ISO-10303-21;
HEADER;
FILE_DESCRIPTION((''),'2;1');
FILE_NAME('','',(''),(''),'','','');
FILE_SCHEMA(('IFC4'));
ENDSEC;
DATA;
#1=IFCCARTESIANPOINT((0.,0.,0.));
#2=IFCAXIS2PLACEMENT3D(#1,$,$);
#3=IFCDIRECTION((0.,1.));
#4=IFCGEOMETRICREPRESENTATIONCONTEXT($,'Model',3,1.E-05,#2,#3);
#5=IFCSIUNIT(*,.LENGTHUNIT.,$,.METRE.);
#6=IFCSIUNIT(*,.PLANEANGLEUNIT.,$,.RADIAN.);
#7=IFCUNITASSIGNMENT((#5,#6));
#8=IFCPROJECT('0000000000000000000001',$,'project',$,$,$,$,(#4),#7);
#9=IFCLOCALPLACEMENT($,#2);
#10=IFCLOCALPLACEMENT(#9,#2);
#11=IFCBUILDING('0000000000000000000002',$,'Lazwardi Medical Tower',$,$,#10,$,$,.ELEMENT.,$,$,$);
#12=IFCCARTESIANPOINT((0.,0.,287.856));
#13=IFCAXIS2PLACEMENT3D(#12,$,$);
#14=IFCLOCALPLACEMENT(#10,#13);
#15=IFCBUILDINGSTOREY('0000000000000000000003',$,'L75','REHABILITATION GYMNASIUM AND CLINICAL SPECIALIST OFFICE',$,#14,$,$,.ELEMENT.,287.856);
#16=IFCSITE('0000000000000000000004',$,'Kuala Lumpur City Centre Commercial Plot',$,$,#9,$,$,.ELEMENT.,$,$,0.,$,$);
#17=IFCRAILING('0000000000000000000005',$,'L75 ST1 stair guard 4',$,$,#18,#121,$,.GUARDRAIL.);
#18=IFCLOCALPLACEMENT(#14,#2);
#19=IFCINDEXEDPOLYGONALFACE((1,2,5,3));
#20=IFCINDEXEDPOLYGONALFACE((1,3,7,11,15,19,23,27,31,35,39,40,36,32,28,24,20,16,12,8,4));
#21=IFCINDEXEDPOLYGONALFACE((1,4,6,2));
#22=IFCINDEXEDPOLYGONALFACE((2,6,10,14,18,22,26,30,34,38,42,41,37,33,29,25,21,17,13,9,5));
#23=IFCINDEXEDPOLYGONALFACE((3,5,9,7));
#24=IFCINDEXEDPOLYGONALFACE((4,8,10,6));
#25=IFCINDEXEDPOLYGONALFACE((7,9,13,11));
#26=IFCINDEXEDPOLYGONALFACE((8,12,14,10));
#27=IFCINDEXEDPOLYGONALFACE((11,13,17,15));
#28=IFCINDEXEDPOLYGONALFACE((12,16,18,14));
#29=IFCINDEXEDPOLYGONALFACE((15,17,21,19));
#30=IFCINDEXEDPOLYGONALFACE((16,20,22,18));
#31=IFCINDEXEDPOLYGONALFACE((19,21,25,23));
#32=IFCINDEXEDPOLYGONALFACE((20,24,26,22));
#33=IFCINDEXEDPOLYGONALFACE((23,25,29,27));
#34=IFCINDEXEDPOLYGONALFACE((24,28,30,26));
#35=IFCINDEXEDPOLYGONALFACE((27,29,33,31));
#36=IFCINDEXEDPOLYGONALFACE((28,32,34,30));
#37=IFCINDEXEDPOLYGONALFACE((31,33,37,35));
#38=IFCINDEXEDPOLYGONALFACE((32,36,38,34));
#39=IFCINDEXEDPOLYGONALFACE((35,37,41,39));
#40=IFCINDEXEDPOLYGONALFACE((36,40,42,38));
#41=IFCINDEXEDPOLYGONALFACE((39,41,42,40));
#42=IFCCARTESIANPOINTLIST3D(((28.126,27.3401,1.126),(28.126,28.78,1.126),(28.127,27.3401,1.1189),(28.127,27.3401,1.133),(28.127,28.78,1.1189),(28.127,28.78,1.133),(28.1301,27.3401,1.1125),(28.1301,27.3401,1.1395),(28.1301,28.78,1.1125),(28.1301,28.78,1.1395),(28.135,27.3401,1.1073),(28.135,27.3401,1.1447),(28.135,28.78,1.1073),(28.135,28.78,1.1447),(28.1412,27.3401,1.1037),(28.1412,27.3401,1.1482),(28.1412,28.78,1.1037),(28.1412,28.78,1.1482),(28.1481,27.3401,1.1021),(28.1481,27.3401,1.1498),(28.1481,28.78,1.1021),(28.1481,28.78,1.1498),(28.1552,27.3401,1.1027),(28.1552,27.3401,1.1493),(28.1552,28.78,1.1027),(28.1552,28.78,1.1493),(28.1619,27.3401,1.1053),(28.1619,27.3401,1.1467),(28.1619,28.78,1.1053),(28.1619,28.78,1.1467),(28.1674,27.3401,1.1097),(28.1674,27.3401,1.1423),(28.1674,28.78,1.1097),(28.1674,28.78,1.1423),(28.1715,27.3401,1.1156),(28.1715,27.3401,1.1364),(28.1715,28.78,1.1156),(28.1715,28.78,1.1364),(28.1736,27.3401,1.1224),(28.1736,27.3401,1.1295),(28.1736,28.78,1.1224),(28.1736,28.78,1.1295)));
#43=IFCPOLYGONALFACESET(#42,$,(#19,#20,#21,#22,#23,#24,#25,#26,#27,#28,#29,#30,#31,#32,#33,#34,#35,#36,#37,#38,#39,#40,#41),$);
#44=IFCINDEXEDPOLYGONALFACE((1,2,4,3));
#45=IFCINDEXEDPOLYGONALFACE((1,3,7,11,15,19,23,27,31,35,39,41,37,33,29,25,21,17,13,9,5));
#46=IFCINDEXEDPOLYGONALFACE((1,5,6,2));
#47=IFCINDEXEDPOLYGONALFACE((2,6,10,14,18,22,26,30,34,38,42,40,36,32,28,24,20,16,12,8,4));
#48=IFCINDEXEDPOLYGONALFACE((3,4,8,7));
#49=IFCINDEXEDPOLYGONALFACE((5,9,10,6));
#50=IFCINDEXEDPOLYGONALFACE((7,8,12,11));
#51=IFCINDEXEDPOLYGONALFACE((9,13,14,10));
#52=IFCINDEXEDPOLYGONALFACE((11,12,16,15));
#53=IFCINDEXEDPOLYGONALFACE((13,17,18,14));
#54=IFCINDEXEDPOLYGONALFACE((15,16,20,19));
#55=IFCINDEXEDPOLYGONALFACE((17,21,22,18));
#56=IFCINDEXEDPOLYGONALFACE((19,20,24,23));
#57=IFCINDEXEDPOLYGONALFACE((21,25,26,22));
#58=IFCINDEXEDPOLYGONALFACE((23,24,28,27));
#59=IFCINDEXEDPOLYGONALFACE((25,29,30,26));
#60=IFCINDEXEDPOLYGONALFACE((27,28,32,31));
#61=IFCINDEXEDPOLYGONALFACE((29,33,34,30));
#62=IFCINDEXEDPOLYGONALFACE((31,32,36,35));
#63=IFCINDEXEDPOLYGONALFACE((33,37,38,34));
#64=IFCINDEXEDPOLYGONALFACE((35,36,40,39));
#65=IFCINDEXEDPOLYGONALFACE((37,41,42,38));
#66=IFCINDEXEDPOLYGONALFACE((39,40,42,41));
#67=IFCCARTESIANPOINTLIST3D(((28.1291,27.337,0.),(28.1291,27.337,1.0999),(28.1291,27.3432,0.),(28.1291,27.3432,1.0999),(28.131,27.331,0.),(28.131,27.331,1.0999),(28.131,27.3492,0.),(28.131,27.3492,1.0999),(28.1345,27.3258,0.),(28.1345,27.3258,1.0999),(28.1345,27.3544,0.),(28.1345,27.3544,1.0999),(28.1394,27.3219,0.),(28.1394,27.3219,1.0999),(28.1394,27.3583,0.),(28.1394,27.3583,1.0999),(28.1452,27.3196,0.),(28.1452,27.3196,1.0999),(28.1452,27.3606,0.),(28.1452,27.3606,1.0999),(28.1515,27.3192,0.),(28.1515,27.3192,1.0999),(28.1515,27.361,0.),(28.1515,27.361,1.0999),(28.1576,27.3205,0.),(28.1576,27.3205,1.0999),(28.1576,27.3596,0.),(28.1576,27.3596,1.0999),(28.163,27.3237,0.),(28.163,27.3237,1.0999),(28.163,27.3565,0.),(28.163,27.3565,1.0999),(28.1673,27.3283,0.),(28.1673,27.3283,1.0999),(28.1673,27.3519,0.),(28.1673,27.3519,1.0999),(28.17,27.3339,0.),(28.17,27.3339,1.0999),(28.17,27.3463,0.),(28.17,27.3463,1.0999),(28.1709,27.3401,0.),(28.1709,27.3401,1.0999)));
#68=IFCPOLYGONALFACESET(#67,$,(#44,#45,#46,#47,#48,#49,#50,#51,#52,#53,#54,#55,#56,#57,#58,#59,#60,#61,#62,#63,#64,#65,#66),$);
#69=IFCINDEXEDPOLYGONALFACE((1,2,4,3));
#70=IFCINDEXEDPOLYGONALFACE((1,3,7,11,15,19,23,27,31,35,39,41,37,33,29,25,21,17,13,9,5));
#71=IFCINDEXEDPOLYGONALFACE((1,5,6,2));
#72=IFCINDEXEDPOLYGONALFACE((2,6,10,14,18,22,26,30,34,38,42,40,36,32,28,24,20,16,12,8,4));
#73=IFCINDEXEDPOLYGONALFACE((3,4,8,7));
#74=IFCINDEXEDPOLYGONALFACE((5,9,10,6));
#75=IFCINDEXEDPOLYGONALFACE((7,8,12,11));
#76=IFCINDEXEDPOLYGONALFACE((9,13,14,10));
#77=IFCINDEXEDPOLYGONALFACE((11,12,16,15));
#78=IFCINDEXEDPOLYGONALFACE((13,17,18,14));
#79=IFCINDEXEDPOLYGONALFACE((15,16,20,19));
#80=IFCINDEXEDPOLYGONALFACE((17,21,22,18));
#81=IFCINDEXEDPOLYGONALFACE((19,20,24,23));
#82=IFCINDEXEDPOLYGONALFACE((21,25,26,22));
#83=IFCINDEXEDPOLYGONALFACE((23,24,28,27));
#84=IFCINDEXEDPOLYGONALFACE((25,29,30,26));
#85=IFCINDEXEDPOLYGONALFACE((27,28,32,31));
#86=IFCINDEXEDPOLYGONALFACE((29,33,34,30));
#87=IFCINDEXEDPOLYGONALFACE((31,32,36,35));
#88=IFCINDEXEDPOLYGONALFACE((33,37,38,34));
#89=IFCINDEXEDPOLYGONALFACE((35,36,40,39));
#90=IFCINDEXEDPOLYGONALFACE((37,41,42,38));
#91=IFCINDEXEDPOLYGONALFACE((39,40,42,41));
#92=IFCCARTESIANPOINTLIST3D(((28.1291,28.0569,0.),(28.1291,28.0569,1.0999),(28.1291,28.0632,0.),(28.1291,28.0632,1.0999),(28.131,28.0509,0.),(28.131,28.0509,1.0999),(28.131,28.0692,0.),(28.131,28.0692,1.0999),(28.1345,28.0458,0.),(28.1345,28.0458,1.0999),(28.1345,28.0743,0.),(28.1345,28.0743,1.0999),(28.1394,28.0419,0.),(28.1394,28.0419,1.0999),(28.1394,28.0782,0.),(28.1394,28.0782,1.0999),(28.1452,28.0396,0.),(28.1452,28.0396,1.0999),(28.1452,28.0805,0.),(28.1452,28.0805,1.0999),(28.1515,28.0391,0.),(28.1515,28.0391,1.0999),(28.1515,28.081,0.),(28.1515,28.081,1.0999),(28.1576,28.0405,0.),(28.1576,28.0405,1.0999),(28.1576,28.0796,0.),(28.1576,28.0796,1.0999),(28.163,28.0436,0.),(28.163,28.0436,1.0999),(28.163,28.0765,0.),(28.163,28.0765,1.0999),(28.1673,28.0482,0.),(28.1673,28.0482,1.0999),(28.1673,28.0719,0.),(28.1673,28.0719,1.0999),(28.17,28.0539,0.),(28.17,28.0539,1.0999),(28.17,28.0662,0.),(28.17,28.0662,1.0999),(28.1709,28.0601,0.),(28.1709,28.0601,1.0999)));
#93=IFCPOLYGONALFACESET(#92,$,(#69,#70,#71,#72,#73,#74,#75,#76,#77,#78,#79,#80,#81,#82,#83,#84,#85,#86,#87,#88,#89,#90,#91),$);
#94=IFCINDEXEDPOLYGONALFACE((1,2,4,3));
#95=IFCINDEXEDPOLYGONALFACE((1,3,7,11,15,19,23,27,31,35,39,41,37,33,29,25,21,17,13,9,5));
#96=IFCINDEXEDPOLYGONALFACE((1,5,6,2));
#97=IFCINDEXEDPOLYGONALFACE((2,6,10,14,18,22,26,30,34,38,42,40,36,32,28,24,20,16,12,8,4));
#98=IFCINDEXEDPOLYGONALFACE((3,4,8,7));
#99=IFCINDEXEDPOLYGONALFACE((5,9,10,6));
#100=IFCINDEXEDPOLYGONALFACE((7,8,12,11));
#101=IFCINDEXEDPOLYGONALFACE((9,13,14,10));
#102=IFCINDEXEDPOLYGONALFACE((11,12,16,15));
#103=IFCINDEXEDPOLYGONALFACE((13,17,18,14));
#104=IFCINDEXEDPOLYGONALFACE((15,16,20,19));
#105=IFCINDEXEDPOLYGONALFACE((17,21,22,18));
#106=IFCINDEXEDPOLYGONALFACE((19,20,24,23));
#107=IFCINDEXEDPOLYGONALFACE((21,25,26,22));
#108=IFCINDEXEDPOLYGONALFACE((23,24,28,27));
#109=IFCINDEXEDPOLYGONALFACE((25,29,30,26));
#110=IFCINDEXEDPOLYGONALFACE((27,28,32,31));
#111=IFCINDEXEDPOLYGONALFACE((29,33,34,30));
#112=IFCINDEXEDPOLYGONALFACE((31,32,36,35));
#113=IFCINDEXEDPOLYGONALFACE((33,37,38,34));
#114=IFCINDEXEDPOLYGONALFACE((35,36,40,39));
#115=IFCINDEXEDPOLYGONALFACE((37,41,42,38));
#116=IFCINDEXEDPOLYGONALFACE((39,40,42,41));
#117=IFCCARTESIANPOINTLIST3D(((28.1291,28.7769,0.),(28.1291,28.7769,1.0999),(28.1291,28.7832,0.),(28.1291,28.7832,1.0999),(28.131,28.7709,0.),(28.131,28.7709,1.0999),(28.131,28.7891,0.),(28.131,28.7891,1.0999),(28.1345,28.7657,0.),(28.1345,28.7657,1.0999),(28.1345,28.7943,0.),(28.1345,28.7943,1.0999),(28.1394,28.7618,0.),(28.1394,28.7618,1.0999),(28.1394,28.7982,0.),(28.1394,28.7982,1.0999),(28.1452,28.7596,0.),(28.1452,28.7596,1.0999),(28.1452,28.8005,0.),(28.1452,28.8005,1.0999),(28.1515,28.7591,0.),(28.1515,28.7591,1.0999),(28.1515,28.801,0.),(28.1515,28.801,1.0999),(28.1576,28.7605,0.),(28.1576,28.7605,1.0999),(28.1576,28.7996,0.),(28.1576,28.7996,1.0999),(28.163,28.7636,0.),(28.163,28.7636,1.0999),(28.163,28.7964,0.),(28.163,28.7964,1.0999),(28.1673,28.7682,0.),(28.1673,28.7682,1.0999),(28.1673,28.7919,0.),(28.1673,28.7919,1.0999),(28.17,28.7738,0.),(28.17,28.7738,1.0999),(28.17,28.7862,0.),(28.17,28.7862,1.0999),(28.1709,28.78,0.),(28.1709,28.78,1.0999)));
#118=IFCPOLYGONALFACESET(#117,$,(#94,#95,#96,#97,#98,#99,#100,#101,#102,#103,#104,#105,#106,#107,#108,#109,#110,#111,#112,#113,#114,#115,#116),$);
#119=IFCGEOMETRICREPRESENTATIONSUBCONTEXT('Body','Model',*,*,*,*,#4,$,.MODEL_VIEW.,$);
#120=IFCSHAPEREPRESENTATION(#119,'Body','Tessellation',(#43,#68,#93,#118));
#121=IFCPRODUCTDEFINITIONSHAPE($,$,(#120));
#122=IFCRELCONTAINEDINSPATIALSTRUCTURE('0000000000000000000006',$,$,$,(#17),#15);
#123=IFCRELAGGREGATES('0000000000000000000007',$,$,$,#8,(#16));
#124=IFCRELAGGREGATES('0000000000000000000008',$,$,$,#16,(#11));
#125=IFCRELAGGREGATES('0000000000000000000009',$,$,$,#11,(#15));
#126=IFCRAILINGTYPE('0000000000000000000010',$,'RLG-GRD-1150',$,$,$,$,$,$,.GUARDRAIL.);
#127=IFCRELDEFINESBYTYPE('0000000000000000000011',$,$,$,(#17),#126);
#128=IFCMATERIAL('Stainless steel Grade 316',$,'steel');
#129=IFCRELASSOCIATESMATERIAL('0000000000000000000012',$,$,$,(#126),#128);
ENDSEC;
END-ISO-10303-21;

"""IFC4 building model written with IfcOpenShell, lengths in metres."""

from ifc_helpers import new_model, si_unit, direction, frame, origin, origin_2d, place, context, subcontext, project, spatial, circle, extrude, material, type_object, element, save


model = new_model("IFC4")

# Units and contexts
model_context = context("Model", 3, precision=1e-05, world=origin(), true_north=direction((0.0, 1.0)))
body_context = subcontext(model_context, "Body", "Model", "MODEL_VIEW")
ifc_project = project(units=[si_unit("LENGTHUNIT", "METRE"), si_unit("PLANEANGLEUNIT", "RADIAN")], contexts=[model_context])

# Site, building, storey
site_placement = place(None, origin())
site = spatial("IfcSite", under=ifc_project, at=site_placement, Name="Kuala Lumpur City Centre Commercial Plot", CompositionType="ELEMENT", RefElevation=0.0)
building_placement = place(site_placement, origin())
building = spatial("IfcBuilding", under=site, at=building_placement, Name="Lazwardi Medical Tower", CompositionType="ELEMENT")
storey_placement = place(building_placement, frame((0.0, 0.0, 287.856)))
storey = spatial("IfcBuildingStorey", under=building, at=storey_placement, Name="L75", Description="REHABILITATION GYMNASIUM AND CLINICAL SPECIALIST OFFICE", CompositionType="ELEMENT", Elevation=287.856)

# Railing
ifc_material_1 = material(Name="Stainless steel Grade 316", Category="steel")
railing_type_1 = type_object("IfcRailingType", Name="RLG-GRD-1150", PredefinedType="GUARDRAIL", material=ifc_material_1)
railing_1_placement = place(storey_placement, frame((28.1499, 27.3401, 0.0)))
element("IfcRailing", 1, at=railing_1_placement, inside=storey, type_object=railing_type_1, Name="L75 ST1 stair guard 4", PredefinedType="GUARDRAIL", context=body_context, shape_type="SweptSolid", body=[
    extrude(circle(Radius=0.0239, at=origin_2d()), frame((0.0, 0.0, 1.126), z_axis=(0.0, 1.0, 0.0), x_axis=(-1.0, 0.0, 0.0)), (0.0, 0.0, 1.0), 1.4399),
    extrude(circle(Radius=0.021, at=origin_2d()), origin(), (0.0, 0.0, 1.0), 1.0999),
    extrude(circle(Radius=0.021, at=origin_2d()), frame((0.0, 0.72, 0.0)), (0.0, 0.0, 1.0), 1.0999),
    extrude(circle(Radius=0.021, at=origin_2d()), frame((0.0, 1.4399, 0.0)), (0.0, 0.0, 1.0), 1.0999),
])

save(model, "model.ifc")
